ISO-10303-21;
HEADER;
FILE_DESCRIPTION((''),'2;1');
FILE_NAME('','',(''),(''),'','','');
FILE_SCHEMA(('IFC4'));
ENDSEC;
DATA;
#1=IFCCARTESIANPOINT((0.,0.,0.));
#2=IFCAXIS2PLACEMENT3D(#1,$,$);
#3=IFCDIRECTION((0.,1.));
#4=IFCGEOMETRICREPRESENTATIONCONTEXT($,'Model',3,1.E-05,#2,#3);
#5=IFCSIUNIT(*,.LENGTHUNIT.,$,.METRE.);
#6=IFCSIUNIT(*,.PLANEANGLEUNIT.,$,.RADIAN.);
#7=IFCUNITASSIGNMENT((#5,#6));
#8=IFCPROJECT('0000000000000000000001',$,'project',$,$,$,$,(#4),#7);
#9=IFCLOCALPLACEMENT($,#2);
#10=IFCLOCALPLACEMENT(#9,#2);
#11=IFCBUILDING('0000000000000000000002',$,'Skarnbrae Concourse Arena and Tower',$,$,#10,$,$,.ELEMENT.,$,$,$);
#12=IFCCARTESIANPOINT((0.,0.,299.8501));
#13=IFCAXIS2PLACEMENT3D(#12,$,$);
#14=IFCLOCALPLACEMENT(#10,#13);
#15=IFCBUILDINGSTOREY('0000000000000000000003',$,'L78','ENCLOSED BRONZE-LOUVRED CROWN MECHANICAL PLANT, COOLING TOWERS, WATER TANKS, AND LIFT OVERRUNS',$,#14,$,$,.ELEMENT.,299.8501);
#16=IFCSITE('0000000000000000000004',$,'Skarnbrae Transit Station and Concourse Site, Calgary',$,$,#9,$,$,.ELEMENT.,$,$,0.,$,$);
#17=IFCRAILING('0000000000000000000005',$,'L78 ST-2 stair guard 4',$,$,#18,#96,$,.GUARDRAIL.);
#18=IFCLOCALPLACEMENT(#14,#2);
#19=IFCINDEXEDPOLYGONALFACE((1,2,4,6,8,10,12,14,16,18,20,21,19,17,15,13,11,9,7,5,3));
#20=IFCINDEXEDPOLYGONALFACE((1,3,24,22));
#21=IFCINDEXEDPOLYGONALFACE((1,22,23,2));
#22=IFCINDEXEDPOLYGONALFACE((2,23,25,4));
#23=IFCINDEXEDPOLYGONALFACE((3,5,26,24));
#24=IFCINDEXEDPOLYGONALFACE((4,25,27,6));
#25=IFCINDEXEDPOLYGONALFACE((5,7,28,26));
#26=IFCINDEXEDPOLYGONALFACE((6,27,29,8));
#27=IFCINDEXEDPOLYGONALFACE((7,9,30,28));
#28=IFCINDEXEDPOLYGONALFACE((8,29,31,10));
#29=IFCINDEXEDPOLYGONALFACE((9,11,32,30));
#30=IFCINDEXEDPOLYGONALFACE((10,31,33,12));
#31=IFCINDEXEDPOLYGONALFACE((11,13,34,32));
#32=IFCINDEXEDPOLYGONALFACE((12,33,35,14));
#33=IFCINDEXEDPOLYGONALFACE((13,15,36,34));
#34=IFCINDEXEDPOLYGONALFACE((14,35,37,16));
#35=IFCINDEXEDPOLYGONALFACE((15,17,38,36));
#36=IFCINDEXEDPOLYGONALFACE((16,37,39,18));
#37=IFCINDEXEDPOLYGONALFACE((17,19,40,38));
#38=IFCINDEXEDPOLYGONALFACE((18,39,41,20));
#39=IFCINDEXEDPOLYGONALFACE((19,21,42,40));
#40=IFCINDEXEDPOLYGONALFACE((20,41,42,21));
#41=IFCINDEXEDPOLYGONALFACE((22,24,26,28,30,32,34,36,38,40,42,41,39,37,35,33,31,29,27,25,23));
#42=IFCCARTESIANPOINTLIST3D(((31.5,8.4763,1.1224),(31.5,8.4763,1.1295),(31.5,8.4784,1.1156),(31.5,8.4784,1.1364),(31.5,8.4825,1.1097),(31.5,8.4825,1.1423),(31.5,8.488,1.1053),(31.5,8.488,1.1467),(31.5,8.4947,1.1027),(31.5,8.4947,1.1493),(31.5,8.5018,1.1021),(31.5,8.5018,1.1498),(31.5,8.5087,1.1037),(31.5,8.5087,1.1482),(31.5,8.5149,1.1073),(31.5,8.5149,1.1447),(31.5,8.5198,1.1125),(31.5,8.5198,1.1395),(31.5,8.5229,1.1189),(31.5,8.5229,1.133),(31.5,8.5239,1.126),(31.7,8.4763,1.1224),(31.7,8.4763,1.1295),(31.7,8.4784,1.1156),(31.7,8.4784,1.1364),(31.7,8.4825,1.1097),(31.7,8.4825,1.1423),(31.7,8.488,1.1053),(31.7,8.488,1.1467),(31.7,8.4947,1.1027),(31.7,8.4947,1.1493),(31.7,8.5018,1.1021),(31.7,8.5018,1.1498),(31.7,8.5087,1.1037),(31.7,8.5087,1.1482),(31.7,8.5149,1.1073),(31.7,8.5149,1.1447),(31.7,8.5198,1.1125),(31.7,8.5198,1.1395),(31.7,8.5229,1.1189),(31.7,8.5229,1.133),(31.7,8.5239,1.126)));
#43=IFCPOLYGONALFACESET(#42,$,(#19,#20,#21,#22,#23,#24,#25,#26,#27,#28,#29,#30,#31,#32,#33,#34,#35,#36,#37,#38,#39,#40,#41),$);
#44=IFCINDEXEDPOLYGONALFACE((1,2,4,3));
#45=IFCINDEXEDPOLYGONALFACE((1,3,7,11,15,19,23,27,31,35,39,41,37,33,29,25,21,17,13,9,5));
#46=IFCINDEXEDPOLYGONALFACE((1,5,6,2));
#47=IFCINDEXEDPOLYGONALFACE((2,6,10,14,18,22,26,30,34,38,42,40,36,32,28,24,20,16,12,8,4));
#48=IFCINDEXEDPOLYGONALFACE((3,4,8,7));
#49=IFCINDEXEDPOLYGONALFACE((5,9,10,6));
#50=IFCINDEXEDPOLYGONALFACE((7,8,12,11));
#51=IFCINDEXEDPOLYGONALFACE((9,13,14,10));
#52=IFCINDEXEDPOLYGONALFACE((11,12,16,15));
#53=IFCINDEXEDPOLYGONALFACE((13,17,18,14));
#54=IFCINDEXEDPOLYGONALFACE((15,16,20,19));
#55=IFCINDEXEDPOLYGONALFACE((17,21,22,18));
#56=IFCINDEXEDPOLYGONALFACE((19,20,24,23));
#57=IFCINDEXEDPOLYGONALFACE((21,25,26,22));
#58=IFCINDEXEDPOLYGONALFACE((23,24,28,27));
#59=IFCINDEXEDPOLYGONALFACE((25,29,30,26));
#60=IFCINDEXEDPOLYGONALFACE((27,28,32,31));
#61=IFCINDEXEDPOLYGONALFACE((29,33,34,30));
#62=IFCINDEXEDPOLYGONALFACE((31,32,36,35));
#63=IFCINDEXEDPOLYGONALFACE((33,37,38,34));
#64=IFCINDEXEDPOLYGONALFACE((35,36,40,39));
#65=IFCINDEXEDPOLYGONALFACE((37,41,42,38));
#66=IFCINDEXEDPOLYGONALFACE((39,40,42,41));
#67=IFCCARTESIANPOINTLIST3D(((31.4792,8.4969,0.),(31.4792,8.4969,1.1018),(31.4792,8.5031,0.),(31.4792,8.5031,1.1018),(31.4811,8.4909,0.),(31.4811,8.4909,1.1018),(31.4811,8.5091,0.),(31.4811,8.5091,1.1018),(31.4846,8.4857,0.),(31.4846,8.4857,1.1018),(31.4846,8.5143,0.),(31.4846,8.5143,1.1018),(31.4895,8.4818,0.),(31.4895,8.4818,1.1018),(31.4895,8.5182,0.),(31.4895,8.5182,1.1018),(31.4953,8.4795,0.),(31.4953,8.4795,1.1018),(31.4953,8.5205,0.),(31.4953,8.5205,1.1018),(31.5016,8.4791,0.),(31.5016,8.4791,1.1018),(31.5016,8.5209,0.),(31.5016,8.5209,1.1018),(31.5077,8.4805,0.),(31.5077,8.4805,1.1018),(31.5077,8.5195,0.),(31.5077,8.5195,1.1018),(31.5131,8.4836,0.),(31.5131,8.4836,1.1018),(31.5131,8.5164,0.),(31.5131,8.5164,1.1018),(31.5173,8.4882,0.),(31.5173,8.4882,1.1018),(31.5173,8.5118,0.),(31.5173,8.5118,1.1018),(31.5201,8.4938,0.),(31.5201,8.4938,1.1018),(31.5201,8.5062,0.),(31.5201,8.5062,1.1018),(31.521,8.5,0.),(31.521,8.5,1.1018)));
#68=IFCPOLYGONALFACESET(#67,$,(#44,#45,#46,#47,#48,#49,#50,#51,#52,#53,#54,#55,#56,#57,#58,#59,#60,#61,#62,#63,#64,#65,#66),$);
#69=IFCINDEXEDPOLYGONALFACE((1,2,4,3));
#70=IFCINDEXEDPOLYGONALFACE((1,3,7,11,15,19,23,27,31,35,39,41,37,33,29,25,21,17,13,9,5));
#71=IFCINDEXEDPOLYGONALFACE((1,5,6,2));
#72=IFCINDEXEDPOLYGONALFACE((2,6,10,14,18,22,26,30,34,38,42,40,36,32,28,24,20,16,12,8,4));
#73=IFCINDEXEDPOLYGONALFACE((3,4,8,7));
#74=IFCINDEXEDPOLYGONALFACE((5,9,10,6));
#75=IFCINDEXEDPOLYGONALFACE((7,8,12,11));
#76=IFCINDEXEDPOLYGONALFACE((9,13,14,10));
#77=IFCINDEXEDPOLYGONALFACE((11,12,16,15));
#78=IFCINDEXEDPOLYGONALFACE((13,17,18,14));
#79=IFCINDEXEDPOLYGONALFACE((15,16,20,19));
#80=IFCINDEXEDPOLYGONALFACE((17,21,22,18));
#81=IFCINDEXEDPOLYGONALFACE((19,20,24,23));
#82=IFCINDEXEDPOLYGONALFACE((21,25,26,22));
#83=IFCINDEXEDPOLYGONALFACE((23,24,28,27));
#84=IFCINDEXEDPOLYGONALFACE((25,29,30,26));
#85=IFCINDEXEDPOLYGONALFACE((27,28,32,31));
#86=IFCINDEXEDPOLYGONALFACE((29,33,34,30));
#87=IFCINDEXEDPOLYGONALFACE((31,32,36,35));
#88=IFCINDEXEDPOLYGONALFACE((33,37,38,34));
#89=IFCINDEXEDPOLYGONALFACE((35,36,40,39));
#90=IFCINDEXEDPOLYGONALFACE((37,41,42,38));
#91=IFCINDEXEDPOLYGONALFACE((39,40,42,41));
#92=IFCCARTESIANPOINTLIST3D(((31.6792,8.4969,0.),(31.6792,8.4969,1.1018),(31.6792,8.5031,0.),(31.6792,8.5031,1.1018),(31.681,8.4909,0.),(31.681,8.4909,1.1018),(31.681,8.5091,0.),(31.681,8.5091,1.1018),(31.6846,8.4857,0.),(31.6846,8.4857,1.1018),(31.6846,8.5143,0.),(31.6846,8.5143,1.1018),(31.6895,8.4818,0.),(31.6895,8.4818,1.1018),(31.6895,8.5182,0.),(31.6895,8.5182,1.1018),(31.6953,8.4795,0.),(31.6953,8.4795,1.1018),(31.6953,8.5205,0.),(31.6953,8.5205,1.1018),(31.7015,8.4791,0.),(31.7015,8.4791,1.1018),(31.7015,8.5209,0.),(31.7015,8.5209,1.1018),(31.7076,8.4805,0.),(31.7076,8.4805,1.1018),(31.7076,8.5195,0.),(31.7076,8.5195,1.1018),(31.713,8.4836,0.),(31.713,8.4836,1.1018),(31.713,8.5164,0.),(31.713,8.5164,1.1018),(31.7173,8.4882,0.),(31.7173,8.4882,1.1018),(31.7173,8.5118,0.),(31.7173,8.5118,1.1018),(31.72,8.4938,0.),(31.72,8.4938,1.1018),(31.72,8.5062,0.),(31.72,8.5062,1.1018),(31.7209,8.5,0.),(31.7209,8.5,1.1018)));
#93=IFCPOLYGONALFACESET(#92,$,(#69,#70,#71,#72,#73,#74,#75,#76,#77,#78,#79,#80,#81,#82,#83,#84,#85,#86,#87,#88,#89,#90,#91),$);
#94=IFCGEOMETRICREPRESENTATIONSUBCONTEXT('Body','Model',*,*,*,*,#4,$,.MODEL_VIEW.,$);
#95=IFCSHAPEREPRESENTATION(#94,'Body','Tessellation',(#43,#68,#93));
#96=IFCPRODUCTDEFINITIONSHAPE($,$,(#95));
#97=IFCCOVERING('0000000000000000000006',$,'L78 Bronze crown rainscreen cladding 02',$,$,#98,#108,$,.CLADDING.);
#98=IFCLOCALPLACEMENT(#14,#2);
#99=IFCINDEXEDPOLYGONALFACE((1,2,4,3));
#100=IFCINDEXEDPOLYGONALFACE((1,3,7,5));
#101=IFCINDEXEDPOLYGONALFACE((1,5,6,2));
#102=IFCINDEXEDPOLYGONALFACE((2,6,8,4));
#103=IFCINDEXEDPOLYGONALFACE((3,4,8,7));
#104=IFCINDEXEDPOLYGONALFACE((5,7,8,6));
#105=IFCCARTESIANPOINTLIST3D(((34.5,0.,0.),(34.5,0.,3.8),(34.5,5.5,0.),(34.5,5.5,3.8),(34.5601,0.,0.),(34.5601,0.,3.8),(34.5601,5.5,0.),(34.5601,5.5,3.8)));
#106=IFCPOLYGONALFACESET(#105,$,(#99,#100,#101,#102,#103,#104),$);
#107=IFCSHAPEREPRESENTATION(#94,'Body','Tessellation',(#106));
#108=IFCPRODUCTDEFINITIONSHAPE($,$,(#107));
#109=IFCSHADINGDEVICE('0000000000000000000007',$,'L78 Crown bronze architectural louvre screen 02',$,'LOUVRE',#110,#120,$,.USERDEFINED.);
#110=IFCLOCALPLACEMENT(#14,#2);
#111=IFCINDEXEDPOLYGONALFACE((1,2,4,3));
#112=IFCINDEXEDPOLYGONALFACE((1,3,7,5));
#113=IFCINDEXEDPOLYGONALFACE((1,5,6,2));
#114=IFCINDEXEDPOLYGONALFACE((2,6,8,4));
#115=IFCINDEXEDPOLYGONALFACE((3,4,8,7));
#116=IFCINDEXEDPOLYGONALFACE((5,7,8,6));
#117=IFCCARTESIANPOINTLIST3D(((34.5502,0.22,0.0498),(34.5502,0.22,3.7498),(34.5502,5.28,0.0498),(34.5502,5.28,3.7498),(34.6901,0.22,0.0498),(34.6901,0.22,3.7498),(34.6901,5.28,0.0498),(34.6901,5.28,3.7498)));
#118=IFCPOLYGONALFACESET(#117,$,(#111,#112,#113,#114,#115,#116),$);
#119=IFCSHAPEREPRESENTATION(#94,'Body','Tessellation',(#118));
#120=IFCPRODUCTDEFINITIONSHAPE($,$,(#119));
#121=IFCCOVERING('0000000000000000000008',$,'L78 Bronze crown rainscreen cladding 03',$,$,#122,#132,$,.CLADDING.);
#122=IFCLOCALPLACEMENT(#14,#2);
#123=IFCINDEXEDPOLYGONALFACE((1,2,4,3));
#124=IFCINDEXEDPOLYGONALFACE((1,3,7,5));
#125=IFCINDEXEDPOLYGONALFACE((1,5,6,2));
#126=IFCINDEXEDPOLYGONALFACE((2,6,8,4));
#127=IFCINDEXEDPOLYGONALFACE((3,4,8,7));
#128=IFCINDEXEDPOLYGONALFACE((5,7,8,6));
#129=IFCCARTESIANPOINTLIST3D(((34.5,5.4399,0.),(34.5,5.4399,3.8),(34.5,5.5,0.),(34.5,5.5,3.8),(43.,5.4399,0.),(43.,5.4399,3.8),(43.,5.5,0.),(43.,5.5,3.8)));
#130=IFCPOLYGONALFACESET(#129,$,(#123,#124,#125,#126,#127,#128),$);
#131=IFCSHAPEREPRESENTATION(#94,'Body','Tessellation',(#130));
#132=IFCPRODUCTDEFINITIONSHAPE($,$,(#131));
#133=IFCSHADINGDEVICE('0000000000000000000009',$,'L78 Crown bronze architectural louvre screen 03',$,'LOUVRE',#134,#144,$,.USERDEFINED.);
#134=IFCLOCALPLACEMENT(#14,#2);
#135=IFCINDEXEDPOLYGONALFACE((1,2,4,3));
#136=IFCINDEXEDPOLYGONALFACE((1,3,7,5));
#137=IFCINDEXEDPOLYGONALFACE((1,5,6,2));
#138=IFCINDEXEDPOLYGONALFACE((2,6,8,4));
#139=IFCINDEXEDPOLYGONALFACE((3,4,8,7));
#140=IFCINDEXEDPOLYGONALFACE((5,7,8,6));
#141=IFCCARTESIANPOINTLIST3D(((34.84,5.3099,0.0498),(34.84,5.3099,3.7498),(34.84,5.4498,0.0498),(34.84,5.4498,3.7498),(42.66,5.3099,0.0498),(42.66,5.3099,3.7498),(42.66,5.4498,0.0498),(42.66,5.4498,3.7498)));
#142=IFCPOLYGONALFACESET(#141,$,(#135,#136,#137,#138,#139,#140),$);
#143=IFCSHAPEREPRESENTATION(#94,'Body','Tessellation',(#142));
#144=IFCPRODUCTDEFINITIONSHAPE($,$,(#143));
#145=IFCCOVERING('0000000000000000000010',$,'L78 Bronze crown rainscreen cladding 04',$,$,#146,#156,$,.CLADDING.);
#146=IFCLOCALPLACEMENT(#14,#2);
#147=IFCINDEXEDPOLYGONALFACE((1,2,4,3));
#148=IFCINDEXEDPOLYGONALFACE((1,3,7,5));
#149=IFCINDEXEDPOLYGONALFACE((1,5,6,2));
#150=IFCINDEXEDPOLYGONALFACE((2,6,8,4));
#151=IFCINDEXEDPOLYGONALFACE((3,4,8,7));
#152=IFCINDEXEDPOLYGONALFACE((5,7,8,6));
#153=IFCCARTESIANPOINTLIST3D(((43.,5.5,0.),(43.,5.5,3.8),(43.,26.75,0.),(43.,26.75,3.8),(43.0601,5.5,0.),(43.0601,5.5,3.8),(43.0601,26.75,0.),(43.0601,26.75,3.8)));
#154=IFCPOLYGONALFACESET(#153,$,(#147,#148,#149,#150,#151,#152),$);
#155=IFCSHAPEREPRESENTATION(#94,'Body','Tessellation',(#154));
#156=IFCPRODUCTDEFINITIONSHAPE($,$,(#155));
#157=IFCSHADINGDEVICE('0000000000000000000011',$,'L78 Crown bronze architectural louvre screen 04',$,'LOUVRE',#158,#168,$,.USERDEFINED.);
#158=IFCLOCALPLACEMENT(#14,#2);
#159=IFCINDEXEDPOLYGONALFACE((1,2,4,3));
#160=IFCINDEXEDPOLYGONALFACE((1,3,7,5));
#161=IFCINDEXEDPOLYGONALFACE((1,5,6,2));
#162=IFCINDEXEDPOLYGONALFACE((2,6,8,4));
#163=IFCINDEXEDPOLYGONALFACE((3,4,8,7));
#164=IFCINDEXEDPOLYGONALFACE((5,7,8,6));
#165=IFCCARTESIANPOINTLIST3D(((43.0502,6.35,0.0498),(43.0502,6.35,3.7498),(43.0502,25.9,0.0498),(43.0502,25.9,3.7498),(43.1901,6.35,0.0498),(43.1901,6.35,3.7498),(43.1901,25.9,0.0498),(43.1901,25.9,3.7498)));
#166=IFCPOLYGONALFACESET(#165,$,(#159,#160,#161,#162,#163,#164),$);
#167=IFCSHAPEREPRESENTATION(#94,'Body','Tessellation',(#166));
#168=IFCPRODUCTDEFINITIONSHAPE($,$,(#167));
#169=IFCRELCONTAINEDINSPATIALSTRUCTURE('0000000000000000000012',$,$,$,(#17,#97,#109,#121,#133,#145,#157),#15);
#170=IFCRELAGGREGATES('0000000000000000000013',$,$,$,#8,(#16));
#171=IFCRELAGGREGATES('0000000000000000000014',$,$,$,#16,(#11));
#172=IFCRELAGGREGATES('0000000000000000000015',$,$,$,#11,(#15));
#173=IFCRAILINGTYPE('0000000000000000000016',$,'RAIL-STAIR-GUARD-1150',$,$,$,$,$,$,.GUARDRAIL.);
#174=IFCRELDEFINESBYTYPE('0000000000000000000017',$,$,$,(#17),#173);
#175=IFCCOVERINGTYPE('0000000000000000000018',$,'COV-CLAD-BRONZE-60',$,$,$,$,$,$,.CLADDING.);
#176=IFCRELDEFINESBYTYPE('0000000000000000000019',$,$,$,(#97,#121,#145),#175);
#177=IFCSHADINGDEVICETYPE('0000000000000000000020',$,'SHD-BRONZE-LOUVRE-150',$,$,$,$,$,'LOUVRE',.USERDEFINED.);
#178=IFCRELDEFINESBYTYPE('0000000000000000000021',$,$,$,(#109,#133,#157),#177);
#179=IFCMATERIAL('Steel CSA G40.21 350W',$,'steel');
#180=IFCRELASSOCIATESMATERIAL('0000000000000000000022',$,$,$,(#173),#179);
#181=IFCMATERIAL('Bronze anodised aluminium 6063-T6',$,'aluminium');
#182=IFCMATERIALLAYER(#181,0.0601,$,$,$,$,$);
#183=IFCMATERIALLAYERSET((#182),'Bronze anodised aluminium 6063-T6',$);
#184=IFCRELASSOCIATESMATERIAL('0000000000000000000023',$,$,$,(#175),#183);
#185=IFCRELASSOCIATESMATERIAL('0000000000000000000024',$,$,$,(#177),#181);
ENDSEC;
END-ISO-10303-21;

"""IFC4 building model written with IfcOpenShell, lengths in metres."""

from ifc_helpers import new_model, si_unit, direction, frame, origin, origin_2d, place, context, subcontext, project, spatial, rectangle, circle, extrude, source, transform, mapped, material, layer, layer_set, type_object, element, save


model = new_model("IFC4")

# Units and contexts
model_context = context("Model", 3, precision=1e-05, world=origin(), true_north=direction((0.0, 1.0)))
body_context = subcontext(model_context, "Body", "Model", "MODEL_VIEW")
ifc_project = project(units=[si_unit("LENGTHUNIT", "METRE"), si_unit("PLANEANGLEUNIT", "RADIAN")], contexts=[model_context])

# Site, building, storey
site_placement = place(None, origin())
site = spatial("IfcSite", under=ifc_project, at=site_placement, Name="Skarnbrae Transit Station and Concourse Site, Calgary", CompositionType="ELEMENT", RefElevation=0.0)
building_placement = place(site_placement, origin())
building = spatial("IfcBuilding", under=site, at=building_placement, Name="Skarnbrae Concourse Arena and Tower", CompositionType="ELEMENT")
storey_placement = place(building_placement, frame((0.0, 0.0, 299.8501)))
storey = spatial("IfcBuildingStorey", under=building, at=storey_placement, Name="L78", Description="ENCLOSED BRONZE-LOUVRED CROWN MECHANICAL PLANT, COOLING TOWERS, WATER TANKS, AND LIFT OVERRUNS", CompositionType="ELEMENT", Elevation=299.8501)

# Shared definitions
ifc_material_1 = material(Name="Steel CSA G40.21 350W", Category="steel")

# Railing
railing_type_1 = type_object("IfcRailingType", Name="RAIL-STAIR-GUARD-1150", PredefinedType="GUARDRAIL", material=ifc_material_1)
railing_1_placement = place(storey_placement, frame((31.5, 8.5, 0.0)))
element("IfcRailing", 1, at=railing_1_placement, inside=storey, type_object=railing_type_1, Name="L78 ST-2 stair guard 4", PredefinedType="GUARDRAIL", context=body_context, shape_type="SweptSolid", body=[
    extrude(circle(Radius=0.0239, at=origin_2d()), frame((0.0, 0.0, 1.126), z_axis=(1.0, 0.0, 0.0), x_axis=(0.0, 1.0, 0.0)), (0.0, 0.0, 1.0), 0.2),
    extrude(circle(Radius=0.021, at=origin_2d()), origin(), (0.0, 0.0, 1.0), 1.1018),
    extrude(circle(Radius=0.021, at=origin_2d()), frame((0.2, 0.0, 0.0)), (0.0, 0.0, 1.0), 1.1018),
])

# Covering
ifc_material_2 = material(Name="Bronze anodised aluminium 6063-T6", Category="aluminium")
ifc_layer_1 = layer(ifc_material_2, 0.0601)
ifc_layer_set_1 = layer_set([ifc_layer_1], Name="Bronze anodised aluminium 6063-T6")
covering_type = type_object("IfcCoveringType", Name="COV-CLAD-BRONZE-60", PredefinedType="CLADDING", material=ifc_layer_set_1)
shared_shape_1 = source(origin(), body_context, "Body", "SweptSolid", [
    extrude(rectangle(XDim=5.5, YDim=0.0601, at=origin_2d()), origin(), (0.0, 0.0, 1.0), 3.8),
])
covering_1_placement = place(storey_placement, frame((34.53, 2.75, 0.0), z_axis=(0.0, 0.0, 1.0), x_axis=(0.0, 1.0, 0.0)))
element("IfcCovering", 2, at=covering_1_placement, inside=storey, type_object=covering_type, Name="L78 Bronze crown rainscreen cladding 02", PredefinedType="CLADDING", context=body_context, shape_type="MappedRepresentation", body=[
    mapped(shared_shape_1, transform((0.0, 0.0, 0.0))),
])

# Shading device
shading_device_type = type_object("IfcShadingDeviceType", Name="SHD-BRONZE-LOUVRE-150", ElementType="LOUVRE", PredefinedType="USERDEFINED", material=ifc_material_2)
shared_shape_2 = source(origin(), body_context, "Body", "SweptSolid", [
    extrude(rectangle(XDim=5.0601, YDim=0.1399, at=origin_2d()), origin(), (0.0, 0.0, 1.0), 3.7),
])
shading_device_1_placement = place(storey_placement, frame((34.6201, 2.75, 0.0498), z_axis=(0.0, 0.0, 1.0), x_axis=(0.0, 1.0, 0.0)))
element("IfcShadingDevice", 3, at=shading_device_1_placement, inside=storey, type_object=shading_device_type, Name="L78 Crown bronze architectural louvre screen 02", ObjectType="LOUVRE", PredefinedType="USERDEFINED", context=body_context, shape_type="MappedRepresentation", body=[
    mapped(shared_shape_2, transform((0.0, 0.0, 0.0))),
])

# Covering
shared_shape_3 = source(origin(), body_context, "Body", "SweptSolid", [
    extrude(rectangle(XDim=8.5, YDim=0.0601, at=origin_2d()), origin(), (0.0, 0.0, 1.0), 3.8),
])
covering_2_placement = place(storey_placement, frame((38.75, 5.47, 0.0), z_axis=(0.0, 0.0, 1.0), x_axis=(1.0, 0.0, 0.0)))
element("IfcCovering", 4, at=covering_2_placement, inside=storey, type_object=covering_type, Name="L78 Bronze crown rainscreen cladding 03", PredefinedType="CLADDING", context=body_context, shape_type="MappedRepresentation", body=[
    mapped(shared_shape_3, transform((0.0, 0.0, 0.0))),
])

# Shading device
shared_shape_4 = source(origin(), body_context, "Body", "SweptSolid", [
    extrude(rectangle(XDim=7.8201, YDim=0.1399, at=origin_2d()), origin(), (0.0, 0.0, 1.0), 3.7),
])
shading_device_2_placement = place(storey_placement, frame((38.75, 5.3799, 0.0498), z_axis=(0.0, 0.0, 1.0), x_axis=(1.0, 0.0, 0.0)))
element("IfcShadingDevice", 5, at=shading_device_2_placement, inside=storey, type_object=shading_device_type, Name="L78 Crown bronze architectural louvre screen 03", ObjectType="LOUVRE", PredefinedType="USERDEFINED", context=body_context, shape_type="MappedRepresentation", body=[
    mapped(shared_shape_4, transform((0.0, 0.0, 0.0))),
])

# Covering
shared_shape_5 = source(origin(), body_context, "Body", "SweptSolid", [
    extrude(rectangle(XDim=21.25, YDim=0.0601, at=origin_2d()), origin(), (0.0, 0.0, 1.0), 3.8),
])
covering_3_placement = place(storey_placement, frame((43.03, 16.125, 0.0), z_axis=(0.0, 0.0, 1.0), x_axis=(0.0, 1.0, 0.0)))
element("IfcCovering", 6, at=covering_3_placement, inside=storey, type_object=covering_type, Name="L78 Bronze crown rainscreen cladding 04", PredefinedType="CLADDING", context=body_context, shape_type="MappedRepresentation", body=[
    mapped(shared_shape_5, transform((0.0, 0.0, 0.0))),
])

# Shading device
shared_shape_6 = source(origin(), body_context, "Body", "SweptSolid", [
    extrude(rectangle(XDim=19.55, YDim=0.1399, at=origin_2d()), origin(), (0.0, 0.0, 1.0), 3.7),
])
shading_device_3_placement = place(storey_placement, frame((43.1201, 16.125, 0.0498), z_axis=(0.0, 0.0, 1.0), x_axis=(0.0, 1.0, 0.0)))
element("IfcShadingDevice", 7, at=shading_device_3_placement, inside=storey, type_object=shading_device_type, Name="L78 Crown bronze architectural louvre screen 04", ObjectType="LOUVRE", PredefinedType="USERDEFINED", context=body_context, shape_type="MappedRepresentation", body=[
    mapped(shared_shape_6, transform((0.0, 0.0, 0.0))),
])

save(model, "model.ifc")
